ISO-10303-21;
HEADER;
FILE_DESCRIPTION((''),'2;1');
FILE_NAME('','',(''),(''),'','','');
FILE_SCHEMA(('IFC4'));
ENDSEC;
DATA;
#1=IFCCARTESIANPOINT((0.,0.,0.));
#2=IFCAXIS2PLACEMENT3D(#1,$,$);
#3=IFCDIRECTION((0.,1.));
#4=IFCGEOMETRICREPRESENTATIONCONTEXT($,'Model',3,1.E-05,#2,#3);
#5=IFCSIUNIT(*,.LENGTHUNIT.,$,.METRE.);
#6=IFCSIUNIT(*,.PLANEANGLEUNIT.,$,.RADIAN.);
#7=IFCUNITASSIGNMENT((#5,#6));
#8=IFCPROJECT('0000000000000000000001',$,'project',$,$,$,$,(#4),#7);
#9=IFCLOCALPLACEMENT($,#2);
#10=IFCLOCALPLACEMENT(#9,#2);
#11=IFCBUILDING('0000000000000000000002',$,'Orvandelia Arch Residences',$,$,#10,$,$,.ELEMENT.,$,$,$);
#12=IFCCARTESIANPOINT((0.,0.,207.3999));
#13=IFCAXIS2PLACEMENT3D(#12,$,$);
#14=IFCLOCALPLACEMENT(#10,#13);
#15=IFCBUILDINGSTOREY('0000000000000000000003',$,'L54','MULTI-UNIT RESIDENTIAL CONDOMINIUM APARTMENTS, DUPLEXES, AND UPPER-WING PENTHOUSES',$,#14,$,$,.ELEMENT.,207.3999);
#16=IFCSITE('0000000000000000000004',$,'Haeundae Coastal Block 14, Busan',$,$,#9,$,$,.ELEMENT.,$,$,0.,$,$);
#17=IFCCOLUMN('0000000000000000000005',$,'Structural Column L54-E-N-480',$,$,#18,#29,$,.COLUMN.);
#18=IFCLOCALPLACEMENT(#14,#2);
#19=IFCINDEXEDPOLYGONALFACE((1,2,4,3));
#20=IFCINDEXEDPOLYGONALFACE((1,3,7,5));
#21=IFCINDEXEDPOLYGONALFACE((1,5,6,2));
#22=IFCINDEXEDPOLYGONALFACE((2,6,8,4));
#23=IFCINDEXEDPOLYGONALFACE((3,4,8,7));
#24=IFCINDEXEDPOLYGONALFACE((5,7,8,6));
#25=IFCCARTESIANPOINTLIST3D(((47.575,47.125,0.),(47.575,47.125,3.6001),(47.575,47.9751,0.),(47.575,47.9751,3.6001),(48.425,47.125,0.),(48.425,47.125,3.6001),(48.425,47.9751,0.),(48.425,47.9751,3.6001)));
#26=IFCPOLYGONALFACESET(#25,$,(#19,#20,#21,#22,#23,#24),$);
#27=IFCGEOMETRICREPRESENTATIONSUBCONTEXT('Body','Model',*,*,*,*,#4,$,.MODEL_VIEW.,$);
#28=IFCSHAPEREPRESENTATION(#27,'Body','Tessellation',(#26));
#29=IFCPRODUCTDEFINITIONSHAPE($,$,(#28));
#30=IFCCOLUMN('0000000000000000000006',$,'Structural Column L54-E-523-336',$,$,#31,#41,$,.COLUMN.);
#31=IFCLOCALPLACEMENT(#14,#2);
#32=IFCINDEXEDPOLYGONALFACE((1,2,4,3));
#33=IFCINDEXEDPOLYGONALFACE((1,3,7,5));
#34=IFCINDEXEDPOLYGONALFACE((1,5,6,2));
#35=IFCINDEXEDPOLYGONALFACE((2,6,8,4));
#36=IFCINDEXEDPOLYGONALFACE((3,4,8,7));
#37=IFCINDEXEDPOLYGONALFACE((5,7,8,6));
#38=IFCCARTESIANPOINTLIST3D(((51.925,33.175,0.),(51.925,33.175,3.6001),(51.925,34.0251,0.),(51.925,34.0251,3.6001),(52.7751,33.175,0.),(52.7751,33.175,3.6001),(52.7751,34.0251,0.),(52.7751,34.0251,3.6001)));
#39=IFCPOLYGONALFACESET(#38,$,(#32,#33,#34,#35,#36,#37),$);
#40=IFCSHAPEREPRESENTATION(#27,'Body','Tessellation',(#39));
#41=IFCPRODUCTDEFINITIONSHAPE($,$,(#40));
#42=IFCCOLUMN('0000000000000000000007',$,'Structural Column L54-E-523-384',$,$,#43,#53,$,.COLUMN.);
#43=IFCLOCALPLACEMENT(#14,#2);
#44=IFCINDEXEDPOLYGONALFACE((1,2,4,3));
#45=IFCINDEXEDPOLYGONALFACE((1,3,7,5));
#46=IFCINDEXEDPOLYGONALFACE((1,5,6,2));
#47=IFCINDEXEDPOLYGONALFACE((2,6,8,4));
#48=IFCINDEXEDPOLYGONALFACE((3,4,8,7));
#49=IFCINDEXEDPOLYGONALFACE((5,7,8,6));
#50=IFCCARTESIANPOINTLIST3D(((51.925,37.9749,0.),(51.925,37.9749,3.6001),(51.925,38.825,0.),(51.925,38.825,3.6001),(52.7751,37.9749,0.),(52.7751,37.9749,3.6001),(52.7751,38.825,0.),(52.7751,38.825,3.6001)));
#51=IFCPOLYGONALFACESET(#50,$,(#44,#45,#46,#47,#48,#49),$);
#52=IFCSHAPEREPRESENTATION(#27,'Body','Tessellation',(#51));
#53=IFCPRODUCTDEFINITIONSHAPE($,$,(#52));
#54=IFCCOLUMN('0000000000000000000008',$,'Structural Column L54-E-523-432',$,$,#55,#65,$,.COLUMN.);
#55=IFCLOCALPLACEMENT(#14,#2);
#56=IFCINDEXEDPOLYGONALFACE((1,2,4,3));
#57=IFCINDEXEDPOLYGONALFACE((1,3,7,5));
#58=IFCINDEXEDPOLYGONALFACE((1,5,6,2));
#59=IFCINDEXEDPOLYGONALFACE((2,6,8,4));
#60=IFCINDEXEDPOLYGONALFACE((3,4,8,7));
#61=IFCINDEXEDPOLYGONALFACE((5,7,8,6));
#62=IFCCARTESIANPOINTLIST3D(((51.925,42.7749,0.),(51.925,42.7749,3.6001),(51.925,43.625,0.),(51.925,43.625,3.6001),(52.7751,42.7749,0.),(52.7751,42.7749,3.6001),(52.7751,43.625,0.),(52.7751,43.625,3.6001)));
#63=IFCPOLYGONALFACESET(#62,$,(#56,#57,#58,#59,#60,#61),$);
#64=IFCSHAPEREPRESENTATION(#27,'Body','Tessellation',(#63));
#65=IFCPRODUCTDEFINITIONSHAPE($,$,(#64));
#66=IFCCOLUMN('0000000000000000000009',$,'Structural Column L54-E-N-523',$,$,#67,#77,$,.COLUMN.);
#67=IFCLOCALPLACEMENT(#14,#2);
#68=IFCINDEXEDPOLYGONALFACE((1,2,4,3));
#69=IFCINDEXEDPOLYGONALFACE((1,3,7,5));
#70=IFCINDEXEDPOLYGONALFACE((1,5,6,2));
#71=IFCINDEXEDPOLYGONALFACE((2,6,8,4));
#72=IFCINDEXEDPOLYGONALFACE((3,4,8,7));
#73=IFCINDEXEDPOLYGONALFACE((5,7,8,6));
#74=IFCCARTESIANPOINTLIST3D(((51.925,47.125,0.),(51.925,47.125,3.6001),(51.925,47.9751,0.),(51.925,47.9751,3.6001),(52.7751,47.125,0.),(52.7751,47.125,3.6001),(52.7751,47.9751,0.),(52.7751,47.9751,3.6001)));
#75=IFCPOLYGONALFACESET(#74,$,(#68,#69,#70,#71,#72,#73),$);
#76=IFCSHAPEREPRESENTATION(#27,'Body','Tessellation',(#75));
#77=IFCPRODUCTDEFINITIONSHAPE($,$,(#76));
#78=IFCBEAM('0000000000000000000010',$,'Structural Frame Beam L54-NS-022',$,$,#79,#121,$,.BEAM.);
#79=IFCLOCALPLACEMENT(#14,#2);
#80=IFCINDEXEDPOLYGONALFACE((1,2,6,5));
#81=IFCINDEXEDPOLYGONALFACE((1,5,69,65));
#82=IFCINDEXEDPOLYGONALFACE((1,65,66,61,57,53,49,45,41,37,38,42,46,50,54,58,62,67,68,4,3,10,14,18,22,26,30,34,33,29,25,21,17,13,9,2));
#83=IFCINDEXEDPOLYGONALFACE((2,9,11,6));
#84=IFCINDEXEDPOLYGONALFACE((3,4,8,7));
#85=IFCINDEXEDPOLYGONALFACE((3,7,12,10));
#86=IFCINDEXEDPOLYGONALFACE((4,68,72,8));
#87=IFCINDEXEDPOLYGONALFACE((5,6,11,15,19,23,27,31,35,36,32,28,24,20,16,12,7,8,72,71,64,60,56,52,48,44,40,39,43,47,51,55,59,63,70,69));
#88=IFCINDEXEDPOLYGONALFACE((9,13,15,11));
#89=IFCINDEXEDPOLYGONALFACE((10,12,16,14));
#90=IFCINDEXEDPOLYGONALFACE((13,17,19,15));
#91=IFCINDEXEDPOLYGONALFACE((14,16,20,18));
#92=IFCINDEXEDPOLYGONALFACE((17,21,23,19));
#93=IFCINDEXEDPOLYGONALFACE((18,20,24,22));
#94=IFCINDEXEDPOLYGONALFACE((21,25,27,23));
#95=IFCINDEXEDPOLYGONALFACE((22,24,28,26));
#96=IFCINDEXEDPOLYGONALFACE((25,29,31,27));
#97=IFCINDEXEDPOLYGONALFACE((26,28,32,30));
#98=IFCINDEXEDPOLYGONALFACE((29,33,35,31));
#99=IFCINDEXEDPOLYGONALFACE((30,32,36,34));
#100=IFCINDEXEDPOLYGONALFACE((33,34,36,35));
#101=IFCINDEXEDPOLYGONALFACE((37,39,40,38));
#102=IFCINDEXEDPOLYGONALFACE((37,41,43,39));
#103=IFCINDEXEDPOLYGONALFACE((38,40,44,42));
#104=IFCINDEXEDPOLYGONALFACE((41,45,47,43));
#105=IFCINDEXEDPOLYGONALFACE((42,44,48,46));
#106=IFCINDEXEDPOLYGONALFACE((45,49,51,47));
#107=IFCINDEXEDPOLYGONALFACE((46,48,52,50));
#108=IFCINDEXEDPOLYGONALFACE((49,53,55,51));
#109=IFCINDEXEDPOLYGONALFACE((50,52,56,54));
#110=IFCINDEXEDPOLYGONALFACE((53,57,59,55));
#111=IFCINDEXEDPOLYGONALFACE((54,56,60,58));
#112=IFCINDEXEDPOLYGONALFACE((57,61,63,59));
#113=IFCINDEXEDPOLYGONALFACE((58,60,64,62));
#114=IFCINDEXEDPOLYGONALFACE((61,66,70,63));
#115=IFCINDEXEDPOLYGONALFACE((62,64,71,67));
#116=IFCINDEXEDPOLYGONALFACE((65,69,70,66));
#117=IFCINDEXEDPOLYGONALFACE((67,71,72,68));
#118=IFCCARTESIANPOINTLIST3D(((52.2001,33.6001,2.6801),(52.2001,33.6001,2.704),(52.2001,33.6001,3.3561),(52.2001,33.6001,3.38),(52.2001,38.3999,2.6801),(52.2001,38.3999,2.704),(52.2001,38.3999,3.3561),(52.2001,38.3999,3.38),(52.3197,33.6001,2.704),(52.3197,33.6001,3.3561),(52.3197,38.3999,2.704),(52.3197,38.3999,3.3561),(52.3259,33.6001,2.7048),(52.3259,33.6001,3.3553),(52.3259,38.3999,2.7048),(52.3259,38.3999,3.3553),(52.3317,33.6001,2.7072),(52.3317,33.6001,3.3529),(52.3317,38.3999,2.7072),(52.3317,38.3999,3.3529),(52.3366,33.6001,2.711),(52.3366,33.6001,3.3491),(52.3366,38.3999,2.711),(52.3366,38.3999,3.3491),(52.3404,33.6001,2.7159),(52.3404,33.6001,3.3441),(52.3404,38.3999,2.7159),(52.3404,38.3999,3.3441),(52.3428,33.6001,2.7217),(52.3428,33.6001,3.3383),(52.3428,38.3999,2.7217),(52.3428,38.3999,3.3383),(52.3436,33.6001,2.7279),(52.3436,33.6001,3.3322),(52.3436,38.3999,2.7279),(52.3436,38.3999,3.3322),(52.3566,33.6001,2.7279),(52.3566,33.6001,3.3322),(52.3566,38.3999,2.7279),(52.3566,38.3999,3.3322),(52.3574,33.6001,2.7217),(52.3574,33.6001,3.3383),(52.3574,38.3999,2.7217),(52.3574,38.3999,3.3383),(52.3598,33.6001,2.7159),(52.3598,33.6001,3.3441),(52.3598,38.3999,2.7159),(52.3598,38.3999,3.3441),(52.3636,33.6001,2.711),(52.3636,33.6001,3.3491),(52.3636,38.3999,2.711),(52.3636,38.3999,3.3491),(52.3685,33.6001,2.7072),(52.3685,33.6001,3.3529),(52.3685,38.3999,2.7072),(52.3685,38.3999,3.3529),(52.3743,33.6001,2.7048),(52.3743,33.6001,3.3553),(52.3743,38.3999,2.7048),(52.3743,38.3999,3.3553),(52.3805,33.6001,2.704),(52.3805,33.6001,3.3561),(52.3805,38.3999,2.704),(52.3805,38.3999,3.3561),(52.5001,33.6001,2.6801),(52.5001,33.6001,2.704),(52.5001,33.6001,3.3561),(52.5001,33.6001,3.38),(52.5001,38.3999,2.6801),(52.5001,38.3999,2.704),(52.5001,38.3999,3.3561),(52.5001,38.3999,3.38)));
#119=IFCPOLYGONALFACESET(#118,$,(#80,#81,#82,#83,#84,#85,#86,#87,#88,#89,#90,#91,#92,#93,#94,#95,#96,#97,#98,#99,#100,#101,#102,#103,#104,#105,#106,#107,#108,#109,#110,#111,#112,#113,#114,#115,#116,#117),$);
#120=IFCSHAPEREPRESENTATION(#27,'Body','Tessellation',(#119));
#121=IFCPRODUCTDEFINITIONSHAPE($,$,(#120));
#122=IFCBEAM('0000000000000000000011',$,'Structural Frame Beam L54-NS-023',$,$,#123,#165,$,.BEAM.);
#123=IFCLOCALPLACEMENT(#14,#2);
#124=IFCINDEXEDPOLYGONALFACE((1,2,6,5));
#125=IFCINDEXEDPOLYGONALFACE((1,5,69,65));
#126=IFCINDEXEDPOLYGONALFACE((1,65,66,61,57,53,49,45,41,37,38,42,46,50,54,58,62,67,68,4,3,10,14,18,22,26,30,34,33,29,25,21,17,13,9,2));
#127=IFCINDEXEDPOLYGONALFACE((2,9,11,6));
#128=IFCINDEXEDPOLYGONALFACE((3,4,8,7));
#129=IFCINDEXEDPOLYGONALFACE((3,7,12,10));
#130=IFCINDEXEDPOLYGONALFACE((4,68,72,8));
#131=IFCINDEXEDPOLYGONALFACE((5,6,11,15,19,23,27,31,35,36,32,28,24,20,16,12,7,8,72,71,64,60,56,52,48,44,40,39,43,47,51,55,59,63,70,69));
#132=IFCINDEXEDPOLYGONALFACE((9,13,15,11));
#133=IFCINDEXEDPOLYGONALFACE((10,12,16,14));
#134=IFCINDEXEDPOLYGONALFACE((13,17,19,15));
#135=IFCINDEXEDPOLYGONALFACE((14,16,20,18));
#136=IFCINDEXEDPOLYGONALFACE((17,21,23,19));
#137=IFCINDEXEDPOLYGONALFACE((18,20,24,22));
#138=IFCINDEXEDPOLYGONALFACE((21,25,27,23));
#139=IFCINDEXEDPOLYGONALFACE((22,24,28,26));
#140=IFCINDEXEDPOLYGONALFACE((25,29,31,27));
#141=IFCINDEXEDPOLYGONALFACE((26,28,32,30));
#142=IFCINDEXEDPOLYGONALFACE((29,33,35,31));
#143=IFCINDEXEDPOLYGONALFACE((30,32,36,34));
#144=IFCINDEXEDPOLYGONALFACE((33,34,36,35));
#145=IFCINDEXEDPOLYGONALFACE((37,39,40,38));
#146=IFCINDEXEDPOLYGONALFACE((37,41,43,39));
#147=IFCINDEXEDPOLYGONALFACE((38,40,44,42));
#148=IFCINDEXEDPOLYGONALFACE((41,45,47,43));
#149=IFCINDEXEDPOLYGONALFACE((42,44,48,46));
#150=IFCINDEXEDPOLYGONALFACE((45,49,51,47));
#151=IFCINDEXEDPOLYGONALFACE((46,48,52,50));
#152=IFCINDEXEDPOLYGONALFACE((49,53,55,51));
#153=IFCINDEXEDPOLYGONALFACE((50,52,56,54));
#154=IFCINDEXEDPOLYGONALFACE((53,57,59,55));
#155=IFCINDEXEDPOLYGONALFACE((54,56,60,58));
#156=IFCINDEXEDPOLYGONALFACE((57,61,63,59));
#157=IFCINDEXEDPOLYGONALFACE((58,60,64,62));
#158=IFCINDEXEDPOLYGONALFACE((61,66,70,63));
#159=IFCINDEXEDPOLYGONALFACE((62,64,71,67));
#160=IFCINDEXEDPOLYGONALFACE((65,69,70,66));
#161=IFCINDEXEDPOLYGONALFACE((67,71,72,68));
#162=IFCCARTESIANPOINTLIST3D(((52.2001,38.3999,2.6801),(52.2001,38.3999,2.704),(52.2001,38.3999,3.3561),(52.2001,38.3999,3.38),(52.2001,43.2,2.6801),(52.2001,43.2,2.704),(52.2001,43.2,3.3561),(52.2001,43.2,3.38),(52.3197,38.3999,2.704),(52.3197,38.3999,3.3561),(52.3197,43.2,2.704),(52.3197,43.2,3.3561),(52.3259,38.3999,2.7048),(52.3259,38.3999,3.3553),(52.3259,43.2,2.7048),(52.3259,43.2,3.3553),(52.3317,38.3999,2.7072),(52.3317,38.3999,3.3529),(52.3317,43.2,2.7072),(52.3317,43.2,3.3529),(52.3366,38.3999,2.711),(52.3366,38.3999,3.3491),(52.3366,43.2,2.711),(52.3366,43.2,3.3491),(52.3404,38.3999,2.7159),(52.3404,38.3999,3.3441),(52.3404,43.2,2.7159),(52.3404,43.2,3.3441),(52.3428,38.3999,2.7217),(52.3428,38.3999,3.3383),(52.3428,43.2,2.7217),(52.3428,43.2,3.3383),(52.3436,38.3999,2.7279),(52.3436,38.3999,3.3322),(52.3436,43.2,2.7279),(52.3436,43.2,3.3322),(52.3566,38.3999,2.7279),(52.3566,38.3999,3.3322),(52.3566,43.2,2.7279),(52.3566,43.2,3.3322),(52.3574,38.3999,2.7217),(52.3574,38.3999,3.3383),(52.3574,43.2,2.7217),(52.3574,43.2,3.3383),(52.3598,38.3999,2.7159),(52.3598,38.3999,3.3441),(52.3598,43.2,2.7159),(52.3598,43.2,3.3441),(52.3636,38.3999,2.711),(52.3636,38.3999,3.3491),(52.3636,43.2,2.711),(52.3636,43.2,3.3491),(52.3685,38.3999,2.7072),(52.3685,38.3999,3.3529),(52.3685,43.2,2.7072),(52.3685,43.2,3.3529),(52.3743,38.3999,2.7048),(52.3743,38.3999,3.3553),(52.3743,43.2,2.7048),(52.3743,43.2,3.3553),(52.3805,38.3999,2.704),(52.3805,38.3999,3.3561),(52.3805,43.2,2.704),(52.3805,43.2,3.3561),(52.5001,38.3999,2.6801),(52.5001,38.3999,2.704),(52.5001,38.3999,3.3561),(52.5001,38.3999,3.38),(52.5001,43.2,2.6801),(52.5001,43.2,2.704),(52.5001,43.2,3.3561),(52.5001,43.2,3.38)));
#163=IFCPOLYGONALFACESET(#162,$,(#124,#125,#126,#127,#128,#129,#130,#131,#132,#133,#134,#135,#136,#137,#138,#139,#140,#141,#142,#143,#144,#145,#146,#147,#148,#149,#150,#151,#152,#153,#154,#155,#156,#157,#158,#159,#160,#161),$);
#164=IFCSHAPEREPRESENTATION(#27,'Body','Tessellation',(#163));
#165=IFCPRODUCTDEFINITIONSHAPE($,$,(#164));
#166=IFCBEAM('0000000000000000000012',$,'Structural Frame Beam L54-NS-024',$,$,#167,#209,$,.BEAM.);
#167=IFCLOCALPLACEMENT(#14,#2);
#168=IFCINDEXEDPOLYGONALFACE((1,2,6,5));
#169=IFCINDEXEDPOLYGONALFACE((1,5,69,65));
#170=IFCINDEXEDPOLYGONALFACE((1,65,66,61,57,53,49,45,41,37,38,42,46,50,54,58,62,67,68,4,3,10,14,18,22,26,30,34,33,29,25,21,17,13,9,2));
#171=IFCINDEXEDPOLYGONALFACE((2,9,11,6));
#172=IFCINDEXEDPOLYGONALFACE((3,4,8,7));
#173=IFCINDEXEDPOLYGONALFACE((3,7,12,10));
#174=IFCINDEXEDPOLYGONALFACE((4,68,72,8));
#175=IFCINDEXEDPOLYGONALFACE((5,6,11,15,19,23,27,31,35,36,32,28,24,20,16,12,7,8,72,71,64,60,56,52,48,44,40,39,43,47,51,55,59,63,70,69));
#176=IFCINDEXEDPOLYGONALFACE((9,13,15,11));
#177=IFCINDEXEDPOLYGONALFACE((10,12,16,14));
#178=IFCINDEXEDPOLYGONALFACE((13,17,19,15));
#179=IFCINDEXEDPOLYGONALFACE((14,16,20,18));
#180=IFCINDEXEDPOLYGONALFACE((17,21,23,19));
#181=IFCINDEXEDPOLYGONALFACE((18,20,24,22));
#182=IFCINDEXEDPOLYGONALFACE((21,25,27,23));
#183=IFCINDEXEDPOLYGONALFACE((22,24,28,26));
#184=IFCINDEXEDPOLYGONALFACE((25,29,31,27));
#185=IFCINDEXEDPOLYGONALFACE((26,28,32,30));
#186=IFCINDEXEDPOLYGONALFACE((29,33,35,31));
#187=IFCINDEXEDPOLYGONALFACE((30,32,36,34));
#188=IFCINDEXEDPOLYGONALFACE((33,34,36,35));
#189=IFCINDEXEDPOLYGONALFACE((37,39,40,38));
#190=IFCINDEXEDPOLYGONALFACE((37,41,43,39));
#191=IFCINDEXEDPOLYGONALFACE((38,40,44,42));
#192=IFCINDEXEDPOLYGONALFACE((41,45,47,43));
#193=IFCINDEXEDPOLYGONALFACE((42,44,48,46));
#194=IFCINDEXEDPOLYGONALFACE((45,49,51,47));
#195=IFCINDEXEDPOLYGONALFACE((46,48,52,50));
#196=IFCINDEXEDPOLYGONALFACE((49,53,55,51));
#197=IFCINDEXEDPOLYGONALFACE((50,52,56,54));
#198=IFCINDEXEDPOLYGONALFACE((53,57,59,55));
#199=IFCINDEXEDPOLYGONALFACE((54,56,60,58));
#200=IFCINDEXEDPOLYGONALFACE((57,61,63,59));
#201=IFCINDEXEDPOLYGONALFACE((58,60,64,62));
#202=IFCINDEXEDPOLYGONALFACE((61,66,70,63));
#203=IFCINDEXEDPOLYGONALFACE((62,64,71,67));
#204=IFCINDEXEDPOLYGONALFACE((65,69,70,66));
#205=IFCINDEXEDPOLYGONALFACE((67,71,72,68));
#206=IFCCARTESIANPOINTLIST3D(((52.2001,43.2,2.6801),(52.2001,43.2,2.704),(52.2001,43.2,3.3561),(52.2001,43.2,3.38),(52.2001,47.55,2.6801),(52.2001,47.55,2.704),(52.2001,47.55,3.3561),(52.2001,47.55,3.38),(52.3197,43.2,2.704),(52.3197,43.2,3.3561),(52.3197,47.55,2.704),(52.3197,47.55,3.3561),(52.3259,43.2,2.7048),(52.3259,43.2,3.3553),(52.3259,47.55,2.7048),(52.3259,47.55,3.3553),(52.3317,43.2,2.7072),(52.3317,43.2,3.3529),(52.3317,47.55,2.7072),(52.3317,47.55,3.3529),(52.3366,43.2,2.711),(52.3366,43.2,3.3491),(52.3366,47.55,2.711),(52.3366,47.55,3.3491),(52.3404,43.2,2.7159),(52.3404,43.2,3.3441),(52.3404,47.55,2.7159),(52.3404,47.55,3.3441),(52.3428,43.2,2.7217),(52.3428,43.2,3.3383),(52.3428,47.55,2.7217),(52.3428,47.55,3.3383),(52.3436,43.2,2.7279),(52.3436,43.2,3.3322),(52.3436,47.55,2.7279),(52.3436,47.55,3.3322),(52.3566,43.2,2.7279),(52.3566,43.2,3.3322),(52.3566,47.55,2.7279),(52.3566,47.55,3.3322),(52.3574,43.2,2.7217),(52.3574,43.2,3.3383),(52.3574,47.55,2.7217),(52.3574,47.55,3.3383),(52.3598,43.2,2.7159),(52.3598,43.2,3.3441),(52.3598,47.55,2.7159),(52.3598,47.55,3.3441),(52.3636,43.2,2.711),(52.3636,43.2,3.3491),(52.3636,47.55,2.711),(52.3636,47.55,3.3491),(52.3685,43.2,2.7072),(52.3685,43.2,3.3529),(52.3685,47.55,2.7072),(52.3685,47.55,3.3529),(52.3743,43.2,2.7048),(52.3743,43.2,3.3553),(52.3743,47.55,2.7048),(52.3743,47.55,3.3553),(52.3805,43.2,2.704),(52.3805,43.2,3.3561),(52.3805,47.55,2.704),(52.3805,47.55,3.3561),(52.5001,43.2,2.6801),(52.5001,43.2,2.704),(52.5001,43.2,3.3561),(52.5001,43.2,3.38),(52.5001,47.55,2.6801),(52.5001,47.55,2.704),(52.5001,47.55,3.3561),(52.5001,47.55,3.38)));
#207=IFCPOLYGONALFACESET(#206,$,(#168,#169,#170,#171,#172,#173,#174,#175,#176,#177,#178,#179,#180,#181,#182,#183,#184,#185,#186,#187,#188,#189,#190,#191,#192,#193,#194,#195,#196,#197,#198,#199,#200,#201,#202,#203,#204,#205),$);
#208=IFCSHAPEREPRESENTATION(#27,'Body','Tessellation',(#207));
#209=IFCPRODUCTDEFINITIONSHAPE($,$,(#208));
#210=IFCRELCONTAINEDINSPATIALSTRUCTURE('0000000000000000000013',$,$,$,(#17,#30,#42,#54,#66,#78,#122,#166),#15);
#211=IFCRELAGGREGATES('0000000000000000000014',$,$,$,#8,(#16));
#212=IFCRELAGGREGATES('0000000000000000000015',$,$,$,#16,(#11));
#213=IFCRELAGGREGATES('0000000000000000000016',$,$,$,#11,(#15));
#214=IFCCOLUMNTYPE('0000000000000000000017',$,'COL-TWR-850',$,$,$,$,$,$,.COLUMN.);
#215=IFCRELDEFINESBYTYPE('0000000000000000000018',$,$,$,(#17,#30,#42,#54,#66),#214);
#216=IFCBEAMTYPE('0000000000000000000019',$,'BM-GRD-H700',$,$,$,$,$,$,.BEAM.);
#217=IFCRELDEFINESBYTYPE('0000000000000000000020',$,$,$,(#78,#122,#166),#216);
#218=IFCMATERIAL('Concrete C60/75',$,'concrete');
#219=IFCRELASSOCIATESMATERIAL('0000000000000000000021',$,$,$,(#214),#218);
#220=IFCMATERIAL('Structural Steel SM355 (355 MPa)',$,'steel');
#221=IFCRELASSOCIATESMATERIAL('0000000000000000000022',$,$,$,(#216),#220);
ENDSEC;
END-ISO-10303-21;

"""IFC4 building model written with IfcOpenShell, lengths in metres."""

from ifc_helpers import new_model, si_unit, direction, frame, origin, origin_2d, place, context, subcontext, project, spatial, rectangle, i_section, extrude, material, material_profile, profile_set, type_object, element, save


model = new_model("IFC4")

# Units and contexts
model_context = context("Model", 3, precision=1e-05, world=origin(), true_north=direction((0.0, 1.0)))
body_context = subcontext(model_context, "Body", "Model", "MODEL_VIEW")
ifc_project = project(units=[si_unit("LENGTHUNIT", "METRE"), si_unit("PLANEANGLEUNIT", "RADIAN")], contexts=[model_context])

# Site, building, storey
site_placement = place(None, origin())
site = spatial("IfcSite", under=ifc_project, at=site_placement, Name="Haeundae Coastal Block 14, Busan", CompositionType="ELEMENT", RefElevation=0.0)
building_placement = place(site_placement, origin())
building = spatial("IfcBuilding", under=site, at=building_placement, Name="Orvandelia Arch Residences", CompositionType="ELEMENT")
storey_placement = place(building_placement, frame((0.0, 0.0, 207.3999)))
storey = spatial("IfcBuildingStorey", under=building, at=storey_placement, Name="L54", Description="MULTI-UNIT RESIDENTIAL CONDOMINIUM APARTMENTS, DUPLEXES, AND UPPER-WING PENTHOUSES", CompositionType="ELEMENT", Elevation=207.3999)

# Columns
ifc_material_1 = material(Name="Concrete C60/75", Category="concrete")
ifc_material_profile_1 = material_profile(ifc_material_1, rectangle(XDim=0.8501, YDim=0.8501, at=origin_2d()), Name="Concrete C60/75", Category="concrete")
ifc_profile_set_1 = profile_set([ifc_material_profile_1], Name="Concrete C60/75")
column_type = type_object("IfcColumnType", Name="COL-TWR-850", PredefinedType="COLUMN", material=ifc_profile_set_1)
for number, where, z_axis, x_axis, name in (
    (1, (48.0, 47.55, 0.0), (0.0, 0.0, 1.0), (1.0, 0.0, 0.0), "Structural Column L54-E-N-480"),
    (2, (52.3501, 33.6001, 0.0), (0.0, 0.0, 1.0), (1.0, 0.0, 0.0), "Structural Column L54-E-523-336"),
    (3, (52.3501, 38.3999, 0.0), (0.0, 0.0, 1.0), (1.0, 0.0, 0.0), "Structural Column L54-E-523-384"),
    (4, (52.3501, 43.2, 0.0), (0.0, 0.0, 1.0), (1.0, 0.0, 0.0), "Structural Column L54-E-523-432"),
    (5, (52.3501, 47.55, 0.0), (0.0, 0.0, 1.0), (1.0, 0.0, 0.0), "Structural Column L54-E-N-523"),
):
    element("IfcColumn", number, at=place(storey_placement, frame(where, z_axis=z_axis, x_axis=x_axis)), inside=storey, type_object=column_type, Name=name, PredefinedType="COLUMN", context=body_context, shape_type="SweptSolid", body=[
        extrude(rectangle(XDim=0.8501, YDim=0.8501, at=origin_2d()), origin(), (0.0, 0.0, 1.0), 3.6001),
    ])

# Beams
ifc_material_2 = material(Name="Structural Steel SM355 (355 MPa)", Category="steel")
ifc_material_profile_2 = material_profile(ifc_material_2, i_section(OverallWidth=0.3, OverallDepth=0.7, WebThickness=0.0129, FlangeThickness=0.0239, FilletRadius=0.0239, at=origin_2d()), Name="Structural Steel SM355 (355 MPa)", Category="steel")
ifc_profile_set_2 = profile_set([ifc_material_profile_2], Name="Structural Steel SM355 (355 MPa)")
beam_type = type_object("IfcBeamType", Name="BM-GRD-H700", PredefinedType="BEAM", material=ifc_profile_set_2)
beam_1_placement = place(storey_placement, frame((52.3501, 33.6001, 3.03), z_axis=(0.0, 1.0, 0.0), x_axis=(-1.0, 0.0, 0.0)))
element("IfcBeam", 6, at=beam_1_placement, inside=storey, type_object=beam_type, Name="Structural Frame Beam L54-NS-022", PredefinedType="BEAM", context=body_context, shape_type="SweptSolid", body=[
    extrude(i_section(OverallWidth=0.3, OverallDepth=0.7, WebThickness=0.0129, FlangeThickness=0.0239, FilletRadius=0.0239, at=origin_2d()), origin(), (0.0, 0.0, 1.0), 4.7998),
])
beam_2_placement = place(storey_placement, frame((52.3501, 38.3999, 3.03), z_axis=(0.0, 1.0, 0.0), x_axis=(-1.0, 0.0, 0.0)))
element("IfcBeam", 7, at=beam_2_placement, inside=storey, type_object=beam_type, Name="Structural Frame Beam L54-NS-023", PredefinedType="BEAM", context=body_context, shape_type="SweptSolid", body=[
    extrude(i_section(OverallWidth=0.3, OverallDepth=0.7, WebThickness=0.0129, FlangeThickness=0.0239, FilletRadius=0.0239, at=origin_2d()), origin(), (0.0, 0.0, 1.0), 4.8),
])
for number, where, z_axis, x_axis, name in (
    (8, (52.3501, 43.2, 3.03), (0.0, 1.0, 0.0), (-1.0, 0.0, 0.0), "Structural Frame Beam L54-NS-024"),
):
    element("IfcBeam", number, at=place(storey_placement, frame(where, z_axis=z_axis, x_axis=x_axis)), inside=storey, type_object=beam_type, Name=name, PredefinedType="BEAM", context=body_context, shape_type="SweptSolid", body=[
        extrude(i_section(OverallWidth=0.3, OverallDepth=0.7, WebThickness=0.0129, FlangeThickness=0.0239, FilletRadius=0.0239, at=origin_2d()), origin(), (0.0, 0.0, 1.0), 4.3501),
    ])

save(model, "model.ifc")
